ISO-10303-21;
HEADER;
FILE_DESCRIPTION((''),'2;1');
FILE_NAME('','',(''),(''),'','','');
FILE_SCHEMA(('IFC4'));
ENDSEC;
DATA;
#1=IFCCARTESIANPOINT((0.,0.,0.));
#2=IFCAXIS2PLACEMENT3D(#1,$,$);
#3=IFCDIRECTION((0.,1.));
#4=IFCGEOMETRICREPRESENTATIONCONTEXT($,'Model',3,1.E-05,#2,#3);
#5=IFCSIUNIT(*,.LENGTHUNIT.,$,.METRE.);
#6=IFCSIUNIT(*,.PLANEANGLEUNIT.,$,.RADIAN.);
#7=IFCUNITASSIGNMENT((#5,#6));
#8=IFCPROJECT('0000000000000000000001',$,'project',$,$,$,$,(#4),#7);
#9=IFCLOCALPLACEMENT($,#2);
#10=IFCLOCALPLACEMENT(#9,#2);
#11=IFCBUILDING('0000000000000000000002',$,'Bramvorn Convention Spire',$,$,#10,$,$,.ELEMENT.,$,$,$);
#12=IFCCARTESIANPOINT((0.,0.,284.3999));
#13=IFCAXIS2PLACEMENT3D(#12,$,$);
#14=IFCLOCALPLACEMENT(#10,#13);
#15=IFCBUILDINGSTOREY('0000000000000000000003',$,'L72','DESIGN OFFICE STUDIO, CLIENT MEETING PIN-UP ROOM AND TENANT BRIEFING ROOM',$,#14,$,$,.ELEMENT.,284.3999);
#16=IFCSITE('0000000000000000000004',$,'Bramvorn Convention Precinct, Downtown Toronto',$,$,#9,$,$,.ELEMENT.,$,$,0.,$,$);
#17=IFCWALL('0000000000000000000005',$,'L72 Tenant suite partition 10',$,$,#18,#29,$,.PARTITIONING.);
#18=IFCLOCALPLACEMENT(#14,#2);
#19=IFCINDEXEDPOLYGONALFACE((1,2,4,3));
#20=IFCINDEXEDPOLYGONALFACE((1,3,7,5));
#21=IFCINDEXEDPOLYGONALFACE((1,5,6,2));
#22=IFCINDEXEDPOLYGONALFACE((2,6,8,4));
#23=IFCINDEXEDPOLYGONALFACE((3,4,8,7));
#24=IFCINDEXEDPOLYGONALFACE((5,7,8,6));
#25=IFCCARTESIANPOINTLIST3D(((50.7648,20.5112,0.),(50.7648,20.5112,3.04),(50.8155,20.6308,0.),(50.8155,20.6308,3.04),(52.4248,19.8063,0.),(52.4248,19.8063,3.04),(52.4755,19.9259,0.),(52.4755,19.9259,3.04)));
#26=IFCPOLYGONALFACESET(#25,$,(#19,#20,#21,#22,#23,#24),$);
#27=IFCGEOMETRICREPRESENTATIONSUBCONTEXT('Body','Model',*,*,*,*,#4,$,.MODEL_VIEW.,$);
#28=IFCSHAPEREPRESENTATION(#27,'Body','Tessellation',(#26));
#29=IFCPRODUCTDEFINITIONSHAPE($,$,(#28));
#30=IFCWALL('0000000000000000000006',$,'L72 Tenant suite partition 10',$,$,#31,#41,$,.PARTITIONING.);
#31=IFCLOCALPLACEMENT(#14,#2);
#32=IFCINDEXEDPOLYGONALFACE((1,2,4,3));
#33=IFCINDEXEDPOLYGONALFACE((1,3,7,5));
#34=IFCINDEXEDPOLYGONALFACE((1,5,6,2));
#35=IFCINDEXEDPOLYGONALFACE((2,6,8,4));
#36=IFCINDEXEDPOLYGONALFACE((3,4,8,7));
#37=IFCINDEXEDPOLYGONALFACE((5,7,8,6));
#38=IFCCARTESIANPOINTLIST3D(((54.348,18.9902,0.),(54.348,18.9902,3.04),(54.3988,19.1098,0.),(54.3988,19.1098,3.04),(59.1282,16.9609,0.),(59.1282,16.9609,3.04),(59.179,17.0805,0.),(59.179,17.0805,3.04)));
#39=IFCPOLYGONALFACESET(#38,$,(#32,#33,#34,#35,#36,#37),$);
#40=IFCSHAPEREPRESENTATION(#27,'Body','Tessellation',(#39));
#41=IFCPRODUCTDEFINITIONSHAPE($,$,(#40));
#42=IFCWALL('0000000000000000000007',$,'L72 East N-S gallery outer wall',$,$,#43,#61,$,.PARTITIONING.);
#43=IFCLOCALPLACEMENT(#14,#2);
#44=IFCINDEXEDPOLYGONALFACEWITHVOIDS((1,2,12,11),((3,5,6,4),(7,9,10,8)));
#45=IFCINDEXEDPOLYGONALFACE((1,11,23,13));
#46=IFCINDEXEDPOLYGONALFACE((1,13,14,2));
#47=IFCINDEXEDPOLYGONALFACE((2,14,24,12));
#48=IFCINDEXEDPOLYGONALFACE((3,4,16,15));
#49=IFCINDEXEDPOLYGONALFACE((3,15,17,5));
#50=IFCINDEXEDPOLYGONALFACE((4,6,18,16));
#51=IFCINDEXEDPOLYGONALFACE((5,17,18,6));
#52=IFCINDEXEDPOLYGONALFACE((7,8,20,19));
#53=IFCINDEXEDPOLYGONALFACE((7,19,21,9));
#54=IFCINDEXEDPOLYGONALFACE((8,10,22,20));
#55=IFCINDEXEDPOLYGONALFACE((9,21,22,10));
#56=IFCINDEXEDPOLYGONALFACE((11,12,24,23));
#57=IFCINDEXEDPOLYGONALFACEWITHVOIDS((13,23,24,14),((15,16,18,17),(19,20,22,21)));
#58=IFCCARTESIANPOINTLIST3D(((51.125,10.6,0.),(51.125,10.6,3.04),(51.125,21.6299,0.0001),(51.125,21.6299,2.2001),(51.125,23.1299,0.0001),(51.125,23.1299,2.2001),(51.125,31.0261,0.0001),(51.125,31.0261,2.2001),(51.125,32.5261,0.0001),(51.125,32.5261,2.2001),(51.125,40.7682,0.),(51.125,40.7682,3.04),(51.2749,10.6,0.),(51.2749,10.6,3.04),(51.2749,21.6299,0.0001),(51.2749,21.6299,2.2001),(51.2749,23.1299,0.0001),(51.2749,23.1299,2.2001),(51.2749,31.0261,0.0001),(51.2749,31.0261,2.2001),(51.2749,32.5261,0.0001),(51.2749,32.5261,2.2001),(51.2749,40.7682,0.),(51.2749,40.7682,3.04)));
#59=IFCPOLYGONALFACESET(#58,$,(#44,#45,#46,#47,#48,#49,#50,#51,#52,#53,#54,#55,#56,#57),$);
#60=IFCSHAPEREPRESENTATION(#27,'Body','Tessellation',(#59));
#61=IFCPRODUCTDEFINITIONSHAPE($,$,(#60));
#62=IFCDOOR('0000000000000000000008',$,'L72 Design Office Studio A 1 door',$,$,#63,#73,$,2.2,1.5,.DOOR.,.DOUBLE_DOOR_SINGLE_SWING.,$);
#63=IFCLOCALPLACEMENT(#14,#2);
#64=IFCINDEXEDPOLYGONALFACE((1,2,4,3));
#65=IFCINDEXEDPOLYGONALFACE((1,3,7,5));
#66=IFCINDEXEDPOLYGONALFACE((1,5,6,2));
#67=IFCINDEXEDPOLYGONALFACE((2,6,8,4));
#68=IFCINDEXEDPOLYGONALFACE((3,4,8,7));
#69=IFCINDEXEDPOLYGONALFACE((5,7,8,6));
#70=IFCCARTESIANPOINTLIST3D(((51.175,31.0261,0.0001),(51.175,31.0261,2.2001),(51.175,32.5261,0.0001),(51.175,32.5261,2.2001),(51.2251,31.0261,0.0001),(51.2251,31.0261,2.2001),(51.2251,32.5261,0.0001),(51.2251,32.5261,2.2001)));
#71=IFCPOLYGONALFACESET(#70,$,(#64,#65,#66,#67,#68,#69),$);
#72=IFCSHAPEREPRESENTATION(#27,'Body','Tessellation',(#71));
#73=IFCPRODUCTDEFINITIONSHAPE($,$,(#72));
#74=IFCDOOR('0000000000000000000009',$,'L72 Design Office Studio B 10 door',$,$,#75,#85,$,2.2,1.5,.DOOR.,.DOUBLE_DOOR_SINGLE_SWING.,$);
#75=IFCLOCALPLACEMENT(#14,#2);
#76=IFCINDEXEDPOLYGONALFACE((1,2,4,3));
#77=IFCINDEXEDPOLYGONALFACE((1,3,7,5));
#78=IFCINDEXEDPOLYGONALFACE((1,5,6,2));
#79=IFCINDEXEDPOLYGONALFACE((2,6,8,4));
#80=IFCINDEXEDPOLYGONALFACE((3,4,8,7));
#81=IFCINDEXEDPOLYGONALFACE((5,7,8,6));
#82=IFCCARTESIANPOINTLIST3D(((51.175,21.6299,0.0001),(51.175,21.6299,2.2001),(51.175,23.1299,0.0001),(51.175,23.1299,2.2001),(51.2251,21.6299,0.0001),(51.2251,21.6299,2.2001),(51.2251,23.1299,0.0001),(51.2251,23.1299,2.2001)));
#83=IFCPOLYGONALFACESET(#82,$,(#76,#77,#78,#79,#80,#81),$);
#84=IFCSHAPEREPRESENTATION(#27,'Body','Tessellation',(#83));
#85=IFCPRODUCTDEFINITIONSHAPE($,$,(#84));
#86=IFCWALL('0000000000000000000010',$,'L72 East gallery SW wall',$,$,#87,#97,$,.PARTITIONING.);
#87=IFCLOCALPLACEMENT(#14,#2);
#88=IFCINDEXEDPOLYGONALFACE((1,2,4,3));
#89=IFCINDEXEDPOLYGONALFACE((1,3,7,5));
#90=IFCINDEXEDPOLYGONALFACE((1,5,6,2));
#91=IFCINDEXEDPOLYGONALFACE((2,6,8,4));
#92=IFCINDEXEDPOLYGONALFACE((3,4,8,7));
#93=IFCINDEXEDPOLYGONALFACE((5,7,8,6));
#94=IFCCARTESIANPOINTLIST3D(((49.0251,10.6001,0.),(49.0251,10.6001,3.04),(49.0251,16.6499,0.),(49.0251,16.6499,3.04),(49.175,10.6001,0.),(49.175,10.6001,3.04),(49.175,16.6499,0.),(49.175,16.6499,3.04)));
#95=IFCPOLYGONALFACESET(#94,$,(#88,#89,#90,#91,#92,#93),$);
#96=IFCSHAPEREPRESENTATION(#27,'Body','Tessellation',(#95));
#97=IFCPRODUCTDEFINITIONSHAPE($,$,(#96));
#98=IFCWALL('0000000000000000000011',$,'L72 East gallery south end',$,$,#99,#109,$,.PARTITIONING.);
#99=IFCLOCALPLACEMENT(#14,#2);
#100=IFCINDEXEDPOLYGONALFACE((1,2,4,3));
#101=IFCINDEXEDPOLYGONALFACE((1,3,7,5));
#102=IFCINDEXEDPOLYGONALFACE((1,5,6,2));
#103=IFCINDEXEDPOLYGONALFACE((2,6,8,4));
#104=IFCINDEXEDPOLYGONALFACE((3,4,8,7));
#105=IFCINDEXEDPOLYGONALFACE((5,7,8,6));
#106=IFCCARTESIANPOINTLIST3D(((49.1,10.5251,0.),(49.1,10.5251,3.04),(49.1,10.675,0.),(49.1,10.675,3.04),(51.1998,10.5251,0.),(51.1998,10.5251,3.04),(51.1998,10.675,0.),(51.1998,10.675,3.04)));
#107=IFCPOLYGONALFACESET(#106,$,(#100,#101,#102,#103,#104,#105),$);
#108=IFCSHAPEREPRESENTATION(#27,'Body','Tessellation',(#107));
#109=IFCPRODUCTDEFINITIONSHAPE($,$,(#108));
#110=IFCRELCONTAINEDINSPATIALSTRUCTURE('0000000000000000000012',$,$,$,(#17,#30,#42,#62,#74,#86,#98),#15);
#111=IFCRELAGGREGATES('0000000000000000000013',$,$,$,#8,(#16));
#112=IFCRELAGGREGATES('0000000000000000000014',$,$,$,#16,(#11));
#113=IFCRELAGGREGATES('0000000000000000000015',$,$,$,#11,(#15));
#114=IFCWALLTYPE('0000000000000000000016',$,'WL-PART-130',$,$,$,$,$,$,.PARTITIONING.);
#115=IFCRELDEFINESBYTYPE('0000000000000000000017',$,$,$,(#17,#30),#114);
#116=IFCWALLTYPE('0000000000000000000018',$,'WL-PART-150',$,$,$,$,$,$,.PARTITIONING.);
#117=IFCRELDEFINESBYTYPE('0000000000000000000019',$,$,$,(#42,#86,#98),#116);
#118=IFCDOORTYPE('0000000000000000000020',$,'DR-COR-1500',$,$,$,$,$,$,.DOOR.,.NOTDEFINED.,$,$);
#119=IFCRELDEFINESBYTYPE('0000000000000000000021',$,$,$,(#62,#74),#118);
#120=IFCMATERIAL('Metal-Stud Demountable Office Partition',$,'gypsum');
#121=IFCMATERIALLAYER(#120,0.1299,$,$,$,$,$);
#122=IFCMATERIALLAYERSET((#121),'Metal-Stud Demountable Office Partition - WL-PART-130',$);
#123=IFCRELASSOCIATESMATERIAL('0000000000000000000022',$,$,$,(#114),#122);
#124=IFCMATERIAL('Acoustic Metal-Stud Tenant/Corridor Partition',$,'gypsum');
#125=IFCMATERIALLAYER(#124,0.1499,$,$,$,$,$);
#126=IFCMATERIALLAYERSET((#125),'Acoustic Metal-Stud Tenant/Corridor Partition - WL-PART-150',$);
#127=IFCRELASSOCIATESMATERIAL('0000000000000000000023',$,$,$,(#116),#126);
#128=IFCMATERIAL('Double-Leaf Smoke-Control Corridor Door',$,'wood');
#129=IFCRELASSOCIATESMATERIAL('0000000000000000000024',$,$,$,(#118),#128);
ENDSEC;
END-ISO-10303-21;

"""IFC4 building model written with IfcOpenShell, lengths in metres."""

from ifc_helpers import new_model, si_unit, direction, frame, frame_2d, origin, place, context, subcontext, project, spatial, rectangle, extrude, material, layer, layer_set, type_object, element, fill, save


model = new_model("IFC4")

# Units and contexts
model_context = context("Model", 3, precision=1e-05, world=origin(), true_north=direction((0.0, 1.0)))
body_context = subcontext(model_context, "Body", "Model", "MODEL_VIEW")
ifc_project = project(units=[si_unit("LENGTHUNIT", "METRE"), si_unit("PLANEANGLEUNIT", "RADIAN")], contexts=[model_context])

# Site, building, storey
site_placement = place(None, origin())
site = spatial("IfcSite", under=ifc_project, at=site_placement, Name="Bramvorn Convention Precinct, Downtown Toronto", CompositionType="ELEMENT", RefElevation=0.0)
building_placement = place(site_placement, origin())
building = spatial("IfcBuilding", under=site, at=building_placement, Name="Bramvorn Convention Spire", CompositionType="ELEMENT")
storey_placement = place(building_placement, frame((0.0, 0.0, 284.3999)))
storey = spatial("IfcBuildingStorey", under=building, at=storey_placement, Name="L72", Description="DESIGN OFFICE STUDIO, CLIENT MEETING PIN-UP ROOM AND TENANT BRIEFING ROOM", CompositionType="ELEMENT", Elevation=284.3999)

# Walls
ifc_material_1 = material(Name="Metal-Stud Demountable Office Partition", Category="gypsum")
ifc_layer_1 = layer(ifc_material_1, 0.1299)
ifc_layer_set_1 = layer_set([ifc_layer_1], Name="Metal-Stud Demountable Office Partition - WL-PART-130")
wall_type_1 = type_object("IfcWallType", Name="WL-PART-130", PredefinedType="PARTITIONING", material=ifc_layer_set_1)
wall_1_placement = place(storey_placement, frame((50.79, 20.571, 0.0), z_axis=(0.0, 0.0, 1.0), x_axis=(0.920456, -0.390845, 0.0)))
element("IfcWall", 1, at=wall_1_placement, inside=storey, type_object=wall_type_1, Name="L72 Tenant suite partition 10", PredefinedType="PARTITIONING", context=body_context, shape_type="SweptSolid", body=[
    extrude(rectangle(XDim=1.8035, YDim=0.1299, at=frame_2d((0.9019, 0.0))), origin(), (0.0, 0.0, 1.0), 3.04),
])
wall_2_placement = place(storey_placement, frame((54.3733, 19.05, 0.0), z_axis=(0.0, 0.0, 1.0), x_axis=(0.920492, -0.390762, 0.0)))
element("IfcWall", 2, at=wall_2_placement, inside=storey, type_object=wall_type_1, Name="L72 Tenant suite partition 10", PredefinedType="PARTITIONING", context=body_context, shape_type="SweptSolid", body=[
    extrude(rectangle(XDim=5.1931, YDim=0.1299, at=frame_2d((2.5967, 0.0))), origin(), (0.0, 0.0, 1.0), 3.04),
])

# Wall, openings, doors
ifc_material_2 = material(Name="Acoustic Metal-Stud Tenant/Corridor Partition", Category="gypsum")
ifc_layer_2 = layer(ifc_material_2, 0.1499)
ifc_layer_set_2 = layer_set([ifc_layer_2], Name="Acoustic Metal-Stud Tenant/Corridor Partition - WL-PART-150")
wall_type_2 = type_object("IfcWallType", Name="WL-PART-150", PredefinedType="PARTITIONING", material=ifc_layer_set_2)
wall_3_placement = place(storey_placement, frame((51.2, 10.6001, 0.0), z_axis=(0.0, 0.0, 1.0), x_axis=(0.0, 1.0, 0.0)))
wall_3 = element("IfcWall", 3, at=wall_3_placement, inside=storey, type_object=wall_type_2, Name="L72 East N-S gallery outer wall", PredefinedType="PARTITIONING", context=body_context, shape_type="SweptSolid", body=[
    extrude(rectangle(XDim=30.1682, YDim=0.1499, at=frame_2d((15.084, 0.0))), origin(), (0.0, 0.0, 1.0), 3.04),
])
opening_1_placement = place(wall_3_placement, frame((20.426, 0.0, 0.0)))
opening_1 = element("IfcOpeningElement", 4, at=opening_1_placement, cuts=wall_3, PredefinedType="OPENING", context=body_context, shape_type="SweptSolid", body=[
    extrude(rectangle(XDim=1.5, YDim=2.2, at=frame_2d((0.75, 1.1001))), frame((0.0, 0.085, 0.0), z_axis=(0.0, -1.0, 0.0), x_axis=(1.0, 0.0, 0.0)), (0.0, 0.0, 1.0), 0.1699),
])
opening_2_placement = place(wall_3_placement, frame((11.0298, 0.0, 0.0)))
opening_2 = element("IfcOpeningElement", 5, at=opening_2_placement, cuts=wall_3, PredefinedType="OPENING", context=body_context, shape_type="SweptSolid", body=[
    extrude(rectangle(XDim=1.5, YDim=2.2, at=frame_2d((0.75, 1.1001))), frame((0.0, 0.085, 0.0), z_axis=(0.0, -1.0, 0.0), x_axis=(1.0, 0.0, 0.0)), (0.0, 0.0, 1.0), 0.1699),
])
ifc_material_3 = material(Name="Double-Leaf Smoke-Control Corridor Door", Category="wood")
door_type = type_object("IfcDoorType", Name="DR-COR-1500", OperationType="NOTDEFINED", PredefinedType="DOOR", material=ifc_material_3)
door_1_placement = place(opening_1_placement, origin())
door_1 = element("IfcDoor", 6, at=door_1_placement, inside=storey, type_object=door_type, Name="L72 Design Office Studio A 1 door", OperationType="DOUBLE_DOOR_SINGLE_SWING", OverallHeight=2.2, OverallWidth=1.5, PredefinedType="DOOR", context=body_context, shape_type="SweptSolid", body=[
    extrude(rectangle(XDim=1.5, YDim=2.2, at=frame_2d((0.75, 1.1001))), frame((0.0, 0.0249, 0.0), z_axis=(0.0, -1.0, 0.0), x_axis=(1.0, 0.0, 0.0)), (0.0, 0.0, 1.0), 0.05),
])
fill(opening_1, door_1)
door_2_placement = place(opening_2_placement, origin())
door_2 = element("IfcDoor", 7, at=door_2_placement, inside=storey, type_object=door_type, Name="L72 Design Office Studio B 10 door", OperationType="DOUBLE_DOOR_SINGLE_SWING", OverallHeight=2.2, OverallWidth=1.5, PredefinedType="DOOR", context=body_context, shape_type="SweptSolid", body=[
    extrude(rectangle(XDim=1.5, YDim=2.2, at=frame_2d((0.75, 1.1001))), frame((0.0, 0.0249, 0.0), z_axis=(0.0, -1.0, 0.0), x_axis=(1.0, 0.0, 0.0)), (0.0, 0.0, 1.0), 0.05),
])
fill(opening_2, door_2)

# Walls
wall_4_placement = place(storey_placement, frame((49.1001, 10.6001, 0.0), z_axis=(0.0, 0.0, 1.0), x_axis=(0.0, 1.0, 0.0)))
element("IfcWall", 8, at=wall_4_placement, inside=storey, type_object=wall_type_2, Name="L72 East gallery SW wall", PredefinedType="PARTITIONING", context=body_context, shape_type="SweptSolid", body=[
    extrude(rectangle(XDim=6.0498, YDim=0.1499, at=frame_2d((3.0249, 0.0))), origin(), (0.0, 0.0, 1.0), 3.04),
])
wall_5_placement = place(storey_placement, frame((49.1001, 10.6001, 0.0), z_axis=(0.0, 0.0, 1.0), x_axis=(1.0, 0.0, 0.0)))
element("IfcWall", 9, at=wall_5_placement, inside=storey, type_object=wall_type_2, Name="L72 East gallery south end", PredefinedType="PARTITIONING", context=body_context, shape_type="SweptSolid", body=[
    extrude(rectangle(XDim=2.0999, YDim=0.1499, at=frame_2d((1.0498, 0.0))), origin(), (0.0, 0.0, 1.0), 3.04),
])

save(model, "model.ifc")
